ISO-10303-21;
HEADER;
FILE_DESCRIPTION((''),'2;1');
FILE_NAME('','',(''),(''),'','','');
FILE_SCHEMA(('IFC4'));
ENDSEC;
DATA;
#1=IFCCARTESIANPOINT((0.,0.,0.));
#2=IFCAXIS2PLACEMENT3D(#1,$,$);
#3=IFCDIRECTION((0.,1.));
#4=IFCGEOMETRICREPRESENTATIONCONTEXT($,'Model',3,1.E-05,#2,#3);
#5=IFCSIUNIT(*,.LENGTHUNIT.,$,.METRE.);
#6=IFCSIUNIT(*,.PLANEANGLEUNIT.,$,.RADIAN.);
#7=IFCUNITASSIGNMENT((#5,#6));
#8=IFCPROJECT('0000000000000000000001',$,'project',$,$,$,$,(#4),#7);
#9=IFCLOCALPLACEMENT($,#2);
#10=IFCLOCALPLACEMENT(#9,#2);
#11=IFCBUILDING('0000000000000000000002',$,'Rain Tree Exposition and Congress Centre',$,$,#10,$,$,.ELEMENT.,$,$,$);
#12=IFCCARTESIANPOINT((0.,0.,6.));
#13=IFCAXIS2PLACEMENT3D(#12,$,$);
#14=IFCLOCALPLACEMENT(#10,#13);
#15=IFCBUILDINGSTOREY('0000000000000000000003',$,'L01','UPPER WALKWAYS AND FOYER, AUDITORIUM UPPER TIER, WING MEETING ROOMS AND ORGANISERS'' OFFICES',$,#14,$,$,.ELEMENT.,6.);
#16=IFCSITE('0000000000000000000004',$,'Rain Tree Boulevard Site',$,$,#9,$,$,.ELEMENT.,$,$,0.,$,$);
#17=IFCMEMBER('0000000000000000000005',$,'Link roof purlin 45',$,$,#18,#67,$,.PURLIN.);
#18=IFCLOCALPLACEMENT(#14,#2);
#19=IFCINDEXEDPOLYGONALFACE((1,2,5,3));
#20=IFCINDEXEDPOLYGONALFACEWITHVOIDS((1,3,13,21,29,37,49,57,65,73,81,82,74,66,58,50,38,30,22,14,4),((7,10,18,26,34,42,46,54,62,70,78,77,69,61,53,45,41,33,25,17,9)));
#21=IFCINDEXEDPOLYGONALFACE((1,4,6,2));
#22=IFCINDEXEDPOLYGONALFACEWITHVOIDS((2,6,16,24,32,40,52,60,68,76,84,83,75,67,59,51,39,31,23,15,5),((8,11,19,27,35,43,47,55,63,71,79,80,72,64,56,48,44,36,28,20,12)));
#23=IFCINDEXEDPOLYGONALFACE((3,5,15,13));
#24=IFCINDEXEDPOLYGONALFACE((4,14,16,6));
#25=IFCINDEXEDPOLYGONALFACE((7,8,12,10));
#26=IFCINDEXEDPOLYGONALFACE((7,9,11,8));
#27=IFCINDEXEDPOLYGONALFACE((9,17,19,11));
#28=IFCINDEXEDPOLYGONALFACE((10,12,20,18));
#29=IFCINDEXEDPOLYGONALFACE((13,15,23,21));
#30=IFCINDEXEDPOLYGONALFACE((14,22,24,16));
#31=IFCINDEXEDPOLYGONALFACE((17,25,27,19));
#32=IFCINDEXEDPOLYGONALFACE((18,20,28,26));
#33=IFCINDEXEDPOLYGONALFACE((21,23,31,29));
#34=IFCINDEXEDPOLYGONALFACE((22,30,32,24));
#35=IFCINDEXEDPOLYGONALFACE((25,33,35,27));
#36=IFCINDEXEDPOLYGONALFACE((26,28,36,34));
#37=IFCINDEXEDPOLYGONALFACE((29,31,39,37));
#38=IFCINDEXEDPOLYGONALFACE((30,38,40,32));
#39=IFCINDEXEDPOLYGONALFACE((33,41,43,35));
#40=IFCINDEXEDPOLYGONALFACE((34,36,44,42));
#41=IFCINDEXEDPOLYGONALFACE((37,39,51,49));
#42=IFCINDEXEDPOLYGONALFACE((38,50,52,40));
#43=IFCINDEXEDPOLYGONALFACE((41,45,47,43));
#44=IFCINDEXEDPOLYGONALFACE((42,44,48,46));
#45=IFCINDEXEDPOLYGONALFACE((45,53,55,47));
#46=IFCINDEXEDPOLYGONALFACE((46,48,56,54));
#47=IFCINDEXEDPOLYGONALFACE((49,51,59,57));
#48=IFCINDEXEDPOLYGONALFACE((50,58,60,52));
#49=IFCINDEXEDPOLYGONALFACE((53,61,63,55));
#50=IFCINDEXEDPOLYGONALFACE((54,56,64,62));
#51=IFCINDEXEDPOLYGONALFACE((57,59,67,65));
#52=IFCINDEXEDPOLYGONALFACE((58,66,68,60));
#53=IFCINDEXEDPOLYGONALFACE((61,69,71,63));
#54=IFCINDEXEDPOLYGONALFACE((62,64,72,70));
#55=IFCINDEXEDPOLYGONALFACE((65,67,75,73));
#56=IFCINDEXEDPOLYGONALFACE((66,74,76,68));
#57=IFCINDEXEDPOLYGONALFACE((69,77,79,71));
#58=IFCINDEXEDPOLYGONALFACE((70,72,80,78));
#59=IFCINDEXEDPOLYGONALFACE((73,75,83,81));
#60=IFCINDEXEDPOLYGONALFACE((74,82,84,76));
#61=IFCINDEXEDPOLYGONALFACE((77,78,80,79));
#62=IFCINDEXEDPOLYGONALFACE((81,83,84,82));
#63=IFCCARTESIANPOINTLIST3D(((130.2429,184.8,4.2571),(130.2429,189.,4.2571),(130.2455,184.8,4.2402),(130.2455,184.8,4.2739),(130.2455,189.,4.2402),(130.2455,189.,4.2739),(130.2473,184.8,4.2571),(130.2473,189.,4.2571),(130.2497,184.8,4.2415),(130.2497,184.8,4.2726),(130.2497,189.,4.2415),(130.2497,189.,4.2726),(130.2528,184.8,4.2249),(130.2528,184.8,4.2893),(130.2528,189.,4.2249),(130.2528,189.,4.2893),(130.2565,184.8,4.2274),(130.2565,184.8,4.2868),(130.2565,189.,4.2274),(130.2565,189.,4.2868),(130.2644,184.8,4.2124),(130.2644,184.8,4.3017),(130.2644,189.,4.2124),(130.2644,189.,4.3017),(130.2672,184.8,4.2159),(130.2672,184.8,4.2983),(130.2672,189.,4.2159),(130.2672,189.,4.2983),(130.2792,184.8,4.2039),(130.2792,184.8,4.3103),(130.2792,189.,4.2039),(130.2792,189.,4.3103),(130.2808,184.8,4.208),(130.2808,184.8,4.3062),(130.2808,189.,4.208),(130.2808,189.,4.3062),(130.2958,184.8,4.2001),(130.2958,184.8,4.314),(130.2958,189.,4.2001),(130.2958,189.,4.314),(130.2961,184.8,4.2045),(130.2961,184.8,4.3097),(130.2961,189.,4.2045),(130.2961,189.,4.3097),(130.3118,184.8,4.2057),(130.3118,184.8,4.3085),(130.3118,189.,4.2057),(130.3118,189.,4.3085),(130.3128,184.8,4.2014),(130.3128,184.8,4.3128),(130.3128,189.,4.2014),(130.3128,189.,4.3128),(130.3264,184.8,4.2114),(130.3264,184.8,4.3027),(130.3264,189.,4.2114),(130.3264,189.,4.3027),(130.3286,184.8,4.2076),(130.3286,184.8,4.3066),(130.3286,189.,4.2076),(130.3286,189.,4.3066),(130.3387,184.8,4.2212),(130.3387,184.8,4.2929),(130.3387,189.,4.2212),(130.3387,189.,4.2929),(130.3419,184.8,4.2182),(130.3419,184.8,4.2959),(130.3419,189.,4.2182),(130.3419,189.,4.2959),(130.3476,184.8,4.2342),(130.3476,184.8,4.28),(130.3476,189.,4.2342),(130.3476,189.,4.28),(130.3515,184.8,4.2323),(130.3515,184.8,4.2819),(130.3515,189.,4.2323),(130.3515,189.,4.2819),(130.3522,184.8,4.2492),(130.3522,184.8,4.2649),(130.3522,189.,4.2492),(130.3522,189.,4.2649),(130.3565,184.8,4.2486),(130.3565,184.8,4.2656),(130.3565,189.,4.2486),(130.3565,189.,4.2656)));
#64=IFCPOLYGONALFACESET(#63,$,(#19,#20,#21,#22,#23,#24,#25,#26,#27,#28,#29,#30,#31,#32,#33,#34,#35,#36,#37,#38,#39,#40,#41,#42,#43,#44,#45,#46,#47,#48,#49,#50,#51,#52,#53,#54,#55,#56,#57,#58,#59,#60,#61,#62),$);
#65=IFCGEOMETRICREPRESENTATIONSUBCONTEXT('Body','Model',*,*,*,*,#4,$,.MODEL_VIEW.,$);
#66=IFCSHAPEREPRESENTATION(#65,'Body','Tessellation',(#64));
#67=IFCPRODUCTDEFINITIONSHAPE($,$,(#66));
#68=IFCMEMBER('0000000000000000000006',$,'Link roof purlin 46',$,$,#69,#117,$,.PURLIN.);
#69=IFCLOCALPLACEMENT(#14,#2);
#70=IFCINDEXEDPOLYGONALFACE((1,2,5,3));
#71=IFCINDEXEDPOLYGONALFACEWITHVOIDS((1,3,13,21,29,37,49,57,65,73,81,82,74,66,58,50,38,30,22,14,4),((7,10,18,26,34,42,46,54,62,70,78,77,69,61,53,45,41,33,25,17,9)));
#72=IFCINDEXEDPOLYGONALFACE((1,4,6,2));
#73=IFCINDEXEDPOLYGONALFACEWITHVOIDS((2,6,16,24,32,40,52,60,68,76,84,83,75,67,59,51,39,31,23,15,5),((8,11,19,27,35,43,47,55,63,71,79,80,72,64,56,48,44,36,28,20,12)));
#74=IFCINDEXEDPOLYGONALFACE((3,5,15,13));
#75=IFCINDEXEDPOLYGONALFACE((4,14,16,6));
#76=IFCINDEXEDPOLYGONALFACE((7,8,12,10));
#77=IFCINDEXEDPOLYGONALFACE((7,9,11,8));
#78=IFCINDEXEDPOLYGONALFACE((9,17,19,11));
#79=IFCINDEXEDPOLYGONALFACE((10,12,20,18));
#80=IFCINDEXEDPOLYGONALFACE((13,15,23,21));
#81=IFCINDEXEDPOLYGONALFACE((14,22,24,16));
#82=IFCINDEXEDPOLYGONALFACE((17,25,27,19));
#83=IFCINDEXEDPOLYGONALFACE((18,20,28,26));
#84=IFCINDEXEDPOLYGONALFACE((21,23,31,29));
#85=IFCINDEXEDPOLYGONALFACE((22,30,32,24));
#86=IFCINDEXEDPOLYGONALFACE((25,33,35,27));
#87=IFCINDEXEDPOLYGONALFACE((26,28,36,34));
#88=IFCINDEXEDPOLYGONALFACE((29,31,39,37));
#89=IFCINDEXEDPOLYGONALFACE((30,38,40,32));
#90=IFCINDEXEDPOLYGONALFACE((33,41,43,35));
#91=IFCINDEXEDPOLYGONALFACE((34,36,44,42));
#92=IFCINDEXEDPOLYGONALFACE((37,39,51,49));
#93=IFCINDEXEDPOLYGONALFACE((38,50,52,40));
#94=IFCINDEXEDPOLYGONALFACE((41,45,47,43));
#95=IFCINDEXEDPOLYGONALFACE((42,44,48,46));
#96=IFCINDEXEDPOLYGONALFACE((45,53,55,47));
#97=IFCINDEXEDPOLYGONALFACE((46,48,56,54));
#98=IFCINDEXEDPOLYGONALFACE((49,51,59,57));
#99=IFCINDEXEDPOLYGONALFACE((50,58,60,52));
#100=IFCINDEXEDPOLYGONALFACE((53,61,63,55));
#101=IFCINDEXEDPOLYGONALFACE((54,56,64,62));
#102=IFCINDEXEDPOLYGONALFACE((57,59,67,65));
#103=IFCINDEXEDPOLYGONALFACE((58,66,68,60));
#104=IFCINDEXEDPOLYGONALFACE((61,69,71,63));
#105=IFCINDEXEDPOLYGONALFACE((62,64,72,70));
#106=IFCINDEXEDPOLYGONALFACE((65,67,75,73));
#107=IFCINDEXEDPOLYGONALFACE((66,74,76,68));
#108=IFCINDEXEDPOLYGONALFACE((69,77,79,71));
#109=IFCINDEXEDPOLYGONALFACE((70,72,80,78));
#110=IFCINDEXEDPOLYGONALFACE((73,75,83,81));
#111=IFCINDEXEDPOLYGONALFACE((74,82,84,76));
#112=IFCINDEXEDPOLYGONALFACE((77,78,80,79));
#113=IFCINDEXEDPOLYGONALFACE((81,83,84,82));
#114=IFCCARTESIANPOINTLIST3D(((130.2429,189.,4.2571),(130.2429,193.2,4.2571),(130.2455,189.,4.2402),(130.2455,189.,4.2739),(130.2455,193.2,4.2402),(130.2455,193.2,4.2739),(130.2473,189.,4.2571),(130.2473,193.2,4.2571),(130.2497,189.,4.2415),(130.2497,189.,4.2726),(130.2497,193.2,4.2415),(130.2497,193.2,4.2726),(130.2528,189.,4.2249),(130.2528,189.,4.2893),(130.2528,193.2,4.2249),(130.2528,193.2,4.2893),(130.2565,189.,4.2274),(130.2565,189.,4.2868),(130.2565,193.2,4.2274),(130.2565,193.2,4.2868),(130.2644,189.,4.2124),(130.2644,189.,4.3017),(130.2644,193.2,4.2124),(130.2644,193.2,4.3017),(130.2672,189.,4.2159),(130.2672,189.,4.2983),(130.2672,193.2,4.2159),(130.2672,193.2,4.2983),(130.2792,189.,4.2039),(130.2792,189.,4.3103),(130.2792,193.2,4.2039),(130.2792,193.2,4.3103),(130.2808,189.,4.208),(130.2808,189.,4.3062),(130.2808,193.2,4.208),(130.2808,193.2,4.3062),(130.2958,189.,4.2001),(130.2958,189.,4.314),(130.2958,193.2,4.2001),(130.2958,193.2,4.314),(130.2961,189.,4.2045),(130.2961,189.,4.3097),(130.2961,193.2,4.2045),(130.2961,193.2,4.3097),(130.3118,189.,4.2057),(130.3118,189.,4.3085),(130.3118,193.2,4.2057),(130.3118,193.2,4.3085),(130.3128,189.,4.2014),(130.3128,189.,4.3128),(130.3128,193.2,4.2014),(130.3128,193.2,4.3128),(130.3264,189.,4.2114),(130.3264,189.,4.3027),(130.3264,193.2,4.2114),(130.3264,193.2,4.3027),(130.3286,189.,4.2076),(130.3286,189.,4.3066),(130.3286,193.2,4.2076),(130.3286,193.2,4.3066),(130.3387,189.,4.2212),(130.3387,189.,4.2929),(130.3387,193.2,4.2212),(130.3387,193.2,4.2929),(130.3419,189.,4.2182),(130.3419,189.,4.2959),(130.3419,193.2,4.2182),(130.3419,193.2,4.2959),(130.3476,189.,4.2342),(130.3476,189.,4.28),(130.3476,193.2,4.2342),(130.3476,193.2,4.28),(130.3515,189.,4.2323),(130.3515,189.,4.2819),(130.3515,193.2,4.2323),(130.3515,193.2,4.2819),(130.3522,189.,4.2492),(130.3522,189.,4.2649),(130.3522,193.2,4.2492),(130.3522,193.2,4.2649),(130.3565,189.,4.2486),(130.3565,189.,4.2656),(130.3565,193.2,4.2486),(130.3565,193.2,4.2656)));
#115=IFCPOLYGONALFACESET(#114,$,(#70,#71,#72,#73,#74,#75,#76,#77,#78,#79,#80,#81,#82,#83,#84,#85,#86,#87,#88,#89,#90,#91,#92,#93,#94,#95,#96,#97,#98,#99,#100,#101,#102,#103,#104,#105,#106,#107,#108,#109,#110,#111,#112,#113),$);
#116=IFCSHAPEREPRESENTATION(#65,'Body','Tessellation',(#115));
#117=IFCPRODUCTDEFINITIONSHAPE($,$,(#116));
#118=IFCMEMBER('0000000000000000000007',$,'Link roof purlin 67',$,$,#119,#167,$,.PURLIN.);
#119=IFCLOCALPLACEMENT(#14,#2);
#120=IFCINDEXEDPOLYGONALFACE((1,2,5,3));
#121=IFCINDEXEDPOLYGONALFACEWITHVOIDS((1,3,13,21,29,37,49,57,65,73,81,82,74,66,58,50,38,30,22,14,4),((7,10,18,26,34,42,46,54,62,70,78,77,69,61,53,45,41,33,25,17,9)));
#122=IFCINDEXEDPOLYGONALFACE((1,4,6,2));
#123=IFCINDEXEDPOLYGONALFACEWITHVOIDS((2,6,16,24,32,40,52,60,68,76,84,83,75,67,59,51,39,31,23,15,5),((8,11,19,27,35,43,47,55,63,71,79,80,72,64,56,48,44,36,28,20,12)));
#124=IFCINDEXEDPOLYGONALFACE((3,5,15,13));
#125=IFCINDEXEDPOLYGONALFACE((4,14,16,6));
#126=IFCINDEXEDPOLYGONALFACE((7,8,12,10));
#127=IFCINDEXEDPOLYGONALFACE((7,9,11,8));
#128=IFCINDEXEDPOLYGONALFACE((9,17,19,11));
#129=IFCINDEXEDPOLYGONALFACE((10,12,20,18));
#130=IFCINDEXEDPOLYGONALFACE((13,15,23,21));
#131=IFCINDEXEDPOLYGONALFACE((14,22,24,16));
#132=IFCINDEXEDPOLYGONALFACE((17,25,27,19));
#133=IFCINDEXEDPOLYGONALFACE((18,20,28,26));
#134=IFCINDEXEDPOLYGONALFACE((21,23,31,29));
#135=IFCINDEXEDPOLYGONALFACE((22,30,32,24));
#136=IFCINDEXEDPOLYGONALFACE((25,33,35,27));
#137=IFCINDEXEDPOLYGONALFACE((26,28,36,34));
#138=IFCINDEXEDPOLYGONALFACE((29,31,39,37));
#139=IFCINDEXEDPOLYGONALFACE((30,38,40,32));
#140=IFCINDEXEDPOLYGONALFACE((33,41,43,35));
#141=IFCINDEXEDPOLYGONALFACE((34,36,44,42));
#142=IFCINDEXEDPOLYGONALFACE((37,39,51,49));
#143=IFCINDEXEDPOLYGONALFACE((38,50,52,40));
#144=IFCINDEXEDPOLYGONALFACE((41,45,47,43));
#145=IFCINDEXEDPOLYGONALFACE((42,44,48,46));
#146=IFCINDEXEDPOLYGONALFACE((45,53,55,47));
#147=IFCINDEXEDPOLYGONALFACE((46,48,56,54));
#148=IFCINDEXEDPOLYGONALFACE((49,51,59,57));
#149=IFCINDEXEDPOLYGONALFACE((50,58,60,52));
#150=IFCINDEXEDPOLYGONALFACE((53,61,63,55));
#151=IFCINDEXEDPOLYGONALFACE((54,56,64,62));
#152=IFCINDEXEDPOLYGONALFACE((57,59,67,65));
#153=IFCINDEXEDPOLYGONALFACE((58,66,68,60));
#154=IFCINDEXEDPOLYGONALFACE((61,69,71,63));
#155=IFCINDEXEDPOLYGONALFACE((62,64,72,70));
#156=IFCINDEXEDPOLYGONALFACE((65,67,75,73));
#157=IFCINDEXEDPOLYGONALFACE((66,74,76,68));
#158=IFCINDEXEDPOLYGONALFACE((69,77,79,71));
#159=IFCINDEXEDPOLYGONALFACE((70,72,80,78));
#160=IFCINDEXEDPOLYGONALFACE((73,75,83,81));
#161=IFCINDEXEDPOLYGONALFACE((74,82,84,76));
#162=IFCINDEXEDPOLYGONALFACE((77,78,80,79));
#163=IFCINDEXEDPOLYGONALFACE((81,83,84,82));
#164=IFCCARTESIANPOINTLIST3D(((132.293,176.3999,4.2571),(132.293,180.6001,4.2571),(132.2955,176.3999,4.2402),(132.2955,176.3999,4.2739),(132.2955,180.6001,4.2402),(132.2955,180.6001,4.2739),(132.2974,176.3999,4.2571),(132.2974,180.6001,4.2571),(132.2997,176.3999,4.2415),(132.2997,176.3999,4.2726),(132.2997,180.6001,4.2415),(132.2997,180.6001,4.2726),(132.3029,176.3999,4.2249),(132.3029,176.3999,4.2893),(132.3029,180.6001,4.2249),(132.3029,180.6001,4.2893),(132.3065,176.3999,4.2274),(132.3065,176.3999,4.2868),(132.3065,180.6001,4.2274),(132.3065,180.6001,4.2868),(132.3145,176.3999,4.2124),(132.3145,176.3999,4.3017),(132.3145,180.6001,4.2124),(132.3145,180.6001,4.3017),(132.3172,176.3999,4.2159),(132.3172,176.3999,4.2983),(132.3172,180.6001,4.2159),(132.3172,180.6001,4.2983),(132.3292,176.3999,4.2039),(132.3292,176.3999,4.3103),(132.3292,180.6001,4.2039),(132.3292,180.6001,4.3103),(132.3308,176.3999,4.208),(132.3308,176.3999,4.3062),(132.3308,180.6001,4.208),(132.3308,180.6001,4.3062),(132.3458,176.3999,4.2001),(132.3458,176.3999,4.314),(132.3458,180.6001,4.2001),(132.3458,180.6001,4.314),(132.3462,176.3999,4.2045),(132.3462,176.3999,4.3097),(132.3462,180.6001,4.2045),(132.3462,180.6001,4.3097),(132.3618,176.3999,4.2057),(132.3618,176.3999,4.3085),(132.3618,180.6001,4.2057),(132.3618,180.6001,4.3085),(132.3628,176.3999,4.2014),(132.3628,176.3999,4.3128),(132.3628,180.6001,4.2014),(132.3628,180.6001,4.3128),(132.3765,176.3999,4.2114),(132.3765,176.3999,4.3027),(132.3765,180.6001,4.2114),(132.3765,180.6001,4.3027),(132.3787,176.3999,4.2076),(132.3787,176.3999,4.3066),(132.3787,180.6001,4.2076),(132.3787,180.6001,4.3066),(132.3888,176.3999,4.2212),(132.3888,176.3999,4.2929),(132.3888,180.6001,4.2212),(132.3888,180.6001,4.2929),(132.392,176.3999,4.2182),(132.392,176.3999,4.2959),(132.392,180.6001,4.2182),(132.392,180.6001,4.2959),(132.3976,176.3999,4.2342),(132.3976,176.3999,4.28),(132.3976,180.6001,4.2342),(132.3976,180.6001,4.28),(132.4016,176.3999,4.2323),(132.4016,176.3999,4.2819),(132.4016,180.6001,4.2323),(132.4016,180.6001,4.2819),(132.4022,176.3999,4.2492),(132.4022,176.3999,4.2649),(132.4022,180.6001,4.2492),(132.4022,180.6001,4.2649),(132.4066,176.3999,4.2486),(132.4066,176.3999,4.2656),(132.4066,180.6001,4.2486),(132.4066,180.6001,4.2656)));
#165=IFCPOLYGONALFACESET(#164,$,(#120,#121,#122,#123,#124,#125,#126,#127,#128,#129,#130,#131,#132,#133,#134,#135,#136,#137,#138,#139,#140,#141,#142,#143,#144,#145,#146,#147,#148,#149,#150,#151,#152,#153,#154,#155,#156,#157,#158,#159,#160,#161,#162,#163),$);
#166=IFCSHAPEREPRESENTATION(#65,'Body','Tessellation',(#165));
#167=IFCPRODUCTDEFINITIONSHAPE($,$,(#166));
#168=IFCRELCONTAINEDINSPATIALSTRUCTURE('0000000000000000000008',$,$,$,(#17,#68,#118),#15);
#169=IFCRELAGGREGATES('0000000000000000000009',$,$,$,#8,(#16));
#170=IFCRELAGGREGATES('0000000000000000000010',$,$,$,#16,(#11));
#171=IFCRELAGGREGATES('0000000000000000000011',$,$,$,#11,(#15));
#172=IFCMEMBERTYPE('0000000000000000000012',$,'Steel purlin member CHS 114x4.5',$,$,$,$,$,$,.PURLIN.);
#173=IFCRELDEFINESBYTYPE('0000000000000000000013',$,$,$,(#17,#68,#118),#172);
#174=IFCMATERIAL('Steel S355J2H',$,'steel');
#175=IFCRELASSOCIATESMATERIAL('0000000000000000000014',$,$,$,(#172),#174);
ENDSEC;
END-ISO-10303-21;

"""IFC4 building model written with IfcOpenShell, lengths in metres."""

from ifc_helpers import new_model, si_unit, direction, frame, origin, origin_2d, place, context, subcontext, project, spatial, hollow_circle, extrude, material, material_profile, profile_set, type_object, element, save


model = new_model("IFC4")

# Units and contexts
model_context = context("Model", 3, precision=1e-05, world=origin(), true_north=direction((0.0, 1.0)))
body_context = subcontext(model_context, "Body", "Model", "MODEL_VIEW")
ifc_project = project(units=[si_unit("LENGTHUNIT", "METRE"), si_unit("PLANEANGLEUNIT", "RADIAN")], contexts=[model_context])

# Site, building, storey
site_placement = place(None, origin())
site = spatial("IfcSite", under=ifc_project, at=site_placement, Name="Rain Tree Boulevard Site", CompositionType="ELEMENT", RefElevation=0.0)
building_placement = place(site_placement, origin())
building = spatial("IfcBuilding", under=site, at=building_placement, Name="Rain Tree Exposition and Congress Centre", CompositionType="ELEMENT")
storey_placement = place(building_placement, frame((0.0, 0.0, 6.0)))
storey = spatial("IfcBuildingStorey", under=building, at=storey_placement, Name="L01", Description="UPPER WALKWAYS AND FOYER, AUDITORIUM UPPER TIER, WING MEETING ROOMS AND ORGANISERS' OFFICES", CompositionType="ELEMENT", Elevation=6.0)

# Members
ifc_material_1 = material(Name="Steel S355J2H", Category="steel")
ifc_material_profile_1 = material_profile(ifc_material_1, hollow_circle(Radius=0.0571, WallThickness=0.0044, at=origin_2d()), Name="CHS 114x4.5")
ifc_profile_set_1 = profile_set([ifc_material_profile_1], Name="Steel S355J2H")
member_type = type_object("IfcMemberType", Name="Steel purlin member CHS 114x4.5", PredefinedType="PURLIN", material=ifc_profile_set_1)
for number, where, z_axis, x_axis, name in (
    (1, (130.3, 184.8, 4.2571), (0.0, 1.0, 0.0), (-1.0, 0.0, 0.0), "Link roof purlin 45"),
    (2, (130.3, 189.0, 4.2571), (0.0, 1.0, 0.0), (-1.0, 0.0, 0.0), "Link roof purlin 46"),
):
    element("IfcMember", number, at=place(storey_placement, frame(where, z_axis=z_axis, x_axis=x_axis)), inside=storey, type_object=member_type, Name=name, PredefinedType="PURLIN", context=body_context, shape_type="SweptSolid", body=[
        extrude(hollow_circle(Radius=0.0571, WallThickness=0.0044, at=origin_2d()), origin(), (0.0, 0.0, 1.0), 4.2),
    ])
member_1_placement = place(storey_placement, frame((132.3501, 176.3999, 4.2571), z_axis=(0.0, 1.0, 0.0), x_axis=(-1.0, 0.0, 0.0)))
element("IfcMember", 3, at=member_1_placement, inside=storey, type_object=member_type, Name="Link roof purlin 67", PredefinedType="PURLIN", context=body_context, shape_type="SweptSolid", body=[
    extrude(hollow_circle(Radius=0.0571, WallThickness=0.0044, at=origin_2d()), origin(), (0.0, 0.0, 1.0), 4.2002),
])

save(model, "model.ifc")
